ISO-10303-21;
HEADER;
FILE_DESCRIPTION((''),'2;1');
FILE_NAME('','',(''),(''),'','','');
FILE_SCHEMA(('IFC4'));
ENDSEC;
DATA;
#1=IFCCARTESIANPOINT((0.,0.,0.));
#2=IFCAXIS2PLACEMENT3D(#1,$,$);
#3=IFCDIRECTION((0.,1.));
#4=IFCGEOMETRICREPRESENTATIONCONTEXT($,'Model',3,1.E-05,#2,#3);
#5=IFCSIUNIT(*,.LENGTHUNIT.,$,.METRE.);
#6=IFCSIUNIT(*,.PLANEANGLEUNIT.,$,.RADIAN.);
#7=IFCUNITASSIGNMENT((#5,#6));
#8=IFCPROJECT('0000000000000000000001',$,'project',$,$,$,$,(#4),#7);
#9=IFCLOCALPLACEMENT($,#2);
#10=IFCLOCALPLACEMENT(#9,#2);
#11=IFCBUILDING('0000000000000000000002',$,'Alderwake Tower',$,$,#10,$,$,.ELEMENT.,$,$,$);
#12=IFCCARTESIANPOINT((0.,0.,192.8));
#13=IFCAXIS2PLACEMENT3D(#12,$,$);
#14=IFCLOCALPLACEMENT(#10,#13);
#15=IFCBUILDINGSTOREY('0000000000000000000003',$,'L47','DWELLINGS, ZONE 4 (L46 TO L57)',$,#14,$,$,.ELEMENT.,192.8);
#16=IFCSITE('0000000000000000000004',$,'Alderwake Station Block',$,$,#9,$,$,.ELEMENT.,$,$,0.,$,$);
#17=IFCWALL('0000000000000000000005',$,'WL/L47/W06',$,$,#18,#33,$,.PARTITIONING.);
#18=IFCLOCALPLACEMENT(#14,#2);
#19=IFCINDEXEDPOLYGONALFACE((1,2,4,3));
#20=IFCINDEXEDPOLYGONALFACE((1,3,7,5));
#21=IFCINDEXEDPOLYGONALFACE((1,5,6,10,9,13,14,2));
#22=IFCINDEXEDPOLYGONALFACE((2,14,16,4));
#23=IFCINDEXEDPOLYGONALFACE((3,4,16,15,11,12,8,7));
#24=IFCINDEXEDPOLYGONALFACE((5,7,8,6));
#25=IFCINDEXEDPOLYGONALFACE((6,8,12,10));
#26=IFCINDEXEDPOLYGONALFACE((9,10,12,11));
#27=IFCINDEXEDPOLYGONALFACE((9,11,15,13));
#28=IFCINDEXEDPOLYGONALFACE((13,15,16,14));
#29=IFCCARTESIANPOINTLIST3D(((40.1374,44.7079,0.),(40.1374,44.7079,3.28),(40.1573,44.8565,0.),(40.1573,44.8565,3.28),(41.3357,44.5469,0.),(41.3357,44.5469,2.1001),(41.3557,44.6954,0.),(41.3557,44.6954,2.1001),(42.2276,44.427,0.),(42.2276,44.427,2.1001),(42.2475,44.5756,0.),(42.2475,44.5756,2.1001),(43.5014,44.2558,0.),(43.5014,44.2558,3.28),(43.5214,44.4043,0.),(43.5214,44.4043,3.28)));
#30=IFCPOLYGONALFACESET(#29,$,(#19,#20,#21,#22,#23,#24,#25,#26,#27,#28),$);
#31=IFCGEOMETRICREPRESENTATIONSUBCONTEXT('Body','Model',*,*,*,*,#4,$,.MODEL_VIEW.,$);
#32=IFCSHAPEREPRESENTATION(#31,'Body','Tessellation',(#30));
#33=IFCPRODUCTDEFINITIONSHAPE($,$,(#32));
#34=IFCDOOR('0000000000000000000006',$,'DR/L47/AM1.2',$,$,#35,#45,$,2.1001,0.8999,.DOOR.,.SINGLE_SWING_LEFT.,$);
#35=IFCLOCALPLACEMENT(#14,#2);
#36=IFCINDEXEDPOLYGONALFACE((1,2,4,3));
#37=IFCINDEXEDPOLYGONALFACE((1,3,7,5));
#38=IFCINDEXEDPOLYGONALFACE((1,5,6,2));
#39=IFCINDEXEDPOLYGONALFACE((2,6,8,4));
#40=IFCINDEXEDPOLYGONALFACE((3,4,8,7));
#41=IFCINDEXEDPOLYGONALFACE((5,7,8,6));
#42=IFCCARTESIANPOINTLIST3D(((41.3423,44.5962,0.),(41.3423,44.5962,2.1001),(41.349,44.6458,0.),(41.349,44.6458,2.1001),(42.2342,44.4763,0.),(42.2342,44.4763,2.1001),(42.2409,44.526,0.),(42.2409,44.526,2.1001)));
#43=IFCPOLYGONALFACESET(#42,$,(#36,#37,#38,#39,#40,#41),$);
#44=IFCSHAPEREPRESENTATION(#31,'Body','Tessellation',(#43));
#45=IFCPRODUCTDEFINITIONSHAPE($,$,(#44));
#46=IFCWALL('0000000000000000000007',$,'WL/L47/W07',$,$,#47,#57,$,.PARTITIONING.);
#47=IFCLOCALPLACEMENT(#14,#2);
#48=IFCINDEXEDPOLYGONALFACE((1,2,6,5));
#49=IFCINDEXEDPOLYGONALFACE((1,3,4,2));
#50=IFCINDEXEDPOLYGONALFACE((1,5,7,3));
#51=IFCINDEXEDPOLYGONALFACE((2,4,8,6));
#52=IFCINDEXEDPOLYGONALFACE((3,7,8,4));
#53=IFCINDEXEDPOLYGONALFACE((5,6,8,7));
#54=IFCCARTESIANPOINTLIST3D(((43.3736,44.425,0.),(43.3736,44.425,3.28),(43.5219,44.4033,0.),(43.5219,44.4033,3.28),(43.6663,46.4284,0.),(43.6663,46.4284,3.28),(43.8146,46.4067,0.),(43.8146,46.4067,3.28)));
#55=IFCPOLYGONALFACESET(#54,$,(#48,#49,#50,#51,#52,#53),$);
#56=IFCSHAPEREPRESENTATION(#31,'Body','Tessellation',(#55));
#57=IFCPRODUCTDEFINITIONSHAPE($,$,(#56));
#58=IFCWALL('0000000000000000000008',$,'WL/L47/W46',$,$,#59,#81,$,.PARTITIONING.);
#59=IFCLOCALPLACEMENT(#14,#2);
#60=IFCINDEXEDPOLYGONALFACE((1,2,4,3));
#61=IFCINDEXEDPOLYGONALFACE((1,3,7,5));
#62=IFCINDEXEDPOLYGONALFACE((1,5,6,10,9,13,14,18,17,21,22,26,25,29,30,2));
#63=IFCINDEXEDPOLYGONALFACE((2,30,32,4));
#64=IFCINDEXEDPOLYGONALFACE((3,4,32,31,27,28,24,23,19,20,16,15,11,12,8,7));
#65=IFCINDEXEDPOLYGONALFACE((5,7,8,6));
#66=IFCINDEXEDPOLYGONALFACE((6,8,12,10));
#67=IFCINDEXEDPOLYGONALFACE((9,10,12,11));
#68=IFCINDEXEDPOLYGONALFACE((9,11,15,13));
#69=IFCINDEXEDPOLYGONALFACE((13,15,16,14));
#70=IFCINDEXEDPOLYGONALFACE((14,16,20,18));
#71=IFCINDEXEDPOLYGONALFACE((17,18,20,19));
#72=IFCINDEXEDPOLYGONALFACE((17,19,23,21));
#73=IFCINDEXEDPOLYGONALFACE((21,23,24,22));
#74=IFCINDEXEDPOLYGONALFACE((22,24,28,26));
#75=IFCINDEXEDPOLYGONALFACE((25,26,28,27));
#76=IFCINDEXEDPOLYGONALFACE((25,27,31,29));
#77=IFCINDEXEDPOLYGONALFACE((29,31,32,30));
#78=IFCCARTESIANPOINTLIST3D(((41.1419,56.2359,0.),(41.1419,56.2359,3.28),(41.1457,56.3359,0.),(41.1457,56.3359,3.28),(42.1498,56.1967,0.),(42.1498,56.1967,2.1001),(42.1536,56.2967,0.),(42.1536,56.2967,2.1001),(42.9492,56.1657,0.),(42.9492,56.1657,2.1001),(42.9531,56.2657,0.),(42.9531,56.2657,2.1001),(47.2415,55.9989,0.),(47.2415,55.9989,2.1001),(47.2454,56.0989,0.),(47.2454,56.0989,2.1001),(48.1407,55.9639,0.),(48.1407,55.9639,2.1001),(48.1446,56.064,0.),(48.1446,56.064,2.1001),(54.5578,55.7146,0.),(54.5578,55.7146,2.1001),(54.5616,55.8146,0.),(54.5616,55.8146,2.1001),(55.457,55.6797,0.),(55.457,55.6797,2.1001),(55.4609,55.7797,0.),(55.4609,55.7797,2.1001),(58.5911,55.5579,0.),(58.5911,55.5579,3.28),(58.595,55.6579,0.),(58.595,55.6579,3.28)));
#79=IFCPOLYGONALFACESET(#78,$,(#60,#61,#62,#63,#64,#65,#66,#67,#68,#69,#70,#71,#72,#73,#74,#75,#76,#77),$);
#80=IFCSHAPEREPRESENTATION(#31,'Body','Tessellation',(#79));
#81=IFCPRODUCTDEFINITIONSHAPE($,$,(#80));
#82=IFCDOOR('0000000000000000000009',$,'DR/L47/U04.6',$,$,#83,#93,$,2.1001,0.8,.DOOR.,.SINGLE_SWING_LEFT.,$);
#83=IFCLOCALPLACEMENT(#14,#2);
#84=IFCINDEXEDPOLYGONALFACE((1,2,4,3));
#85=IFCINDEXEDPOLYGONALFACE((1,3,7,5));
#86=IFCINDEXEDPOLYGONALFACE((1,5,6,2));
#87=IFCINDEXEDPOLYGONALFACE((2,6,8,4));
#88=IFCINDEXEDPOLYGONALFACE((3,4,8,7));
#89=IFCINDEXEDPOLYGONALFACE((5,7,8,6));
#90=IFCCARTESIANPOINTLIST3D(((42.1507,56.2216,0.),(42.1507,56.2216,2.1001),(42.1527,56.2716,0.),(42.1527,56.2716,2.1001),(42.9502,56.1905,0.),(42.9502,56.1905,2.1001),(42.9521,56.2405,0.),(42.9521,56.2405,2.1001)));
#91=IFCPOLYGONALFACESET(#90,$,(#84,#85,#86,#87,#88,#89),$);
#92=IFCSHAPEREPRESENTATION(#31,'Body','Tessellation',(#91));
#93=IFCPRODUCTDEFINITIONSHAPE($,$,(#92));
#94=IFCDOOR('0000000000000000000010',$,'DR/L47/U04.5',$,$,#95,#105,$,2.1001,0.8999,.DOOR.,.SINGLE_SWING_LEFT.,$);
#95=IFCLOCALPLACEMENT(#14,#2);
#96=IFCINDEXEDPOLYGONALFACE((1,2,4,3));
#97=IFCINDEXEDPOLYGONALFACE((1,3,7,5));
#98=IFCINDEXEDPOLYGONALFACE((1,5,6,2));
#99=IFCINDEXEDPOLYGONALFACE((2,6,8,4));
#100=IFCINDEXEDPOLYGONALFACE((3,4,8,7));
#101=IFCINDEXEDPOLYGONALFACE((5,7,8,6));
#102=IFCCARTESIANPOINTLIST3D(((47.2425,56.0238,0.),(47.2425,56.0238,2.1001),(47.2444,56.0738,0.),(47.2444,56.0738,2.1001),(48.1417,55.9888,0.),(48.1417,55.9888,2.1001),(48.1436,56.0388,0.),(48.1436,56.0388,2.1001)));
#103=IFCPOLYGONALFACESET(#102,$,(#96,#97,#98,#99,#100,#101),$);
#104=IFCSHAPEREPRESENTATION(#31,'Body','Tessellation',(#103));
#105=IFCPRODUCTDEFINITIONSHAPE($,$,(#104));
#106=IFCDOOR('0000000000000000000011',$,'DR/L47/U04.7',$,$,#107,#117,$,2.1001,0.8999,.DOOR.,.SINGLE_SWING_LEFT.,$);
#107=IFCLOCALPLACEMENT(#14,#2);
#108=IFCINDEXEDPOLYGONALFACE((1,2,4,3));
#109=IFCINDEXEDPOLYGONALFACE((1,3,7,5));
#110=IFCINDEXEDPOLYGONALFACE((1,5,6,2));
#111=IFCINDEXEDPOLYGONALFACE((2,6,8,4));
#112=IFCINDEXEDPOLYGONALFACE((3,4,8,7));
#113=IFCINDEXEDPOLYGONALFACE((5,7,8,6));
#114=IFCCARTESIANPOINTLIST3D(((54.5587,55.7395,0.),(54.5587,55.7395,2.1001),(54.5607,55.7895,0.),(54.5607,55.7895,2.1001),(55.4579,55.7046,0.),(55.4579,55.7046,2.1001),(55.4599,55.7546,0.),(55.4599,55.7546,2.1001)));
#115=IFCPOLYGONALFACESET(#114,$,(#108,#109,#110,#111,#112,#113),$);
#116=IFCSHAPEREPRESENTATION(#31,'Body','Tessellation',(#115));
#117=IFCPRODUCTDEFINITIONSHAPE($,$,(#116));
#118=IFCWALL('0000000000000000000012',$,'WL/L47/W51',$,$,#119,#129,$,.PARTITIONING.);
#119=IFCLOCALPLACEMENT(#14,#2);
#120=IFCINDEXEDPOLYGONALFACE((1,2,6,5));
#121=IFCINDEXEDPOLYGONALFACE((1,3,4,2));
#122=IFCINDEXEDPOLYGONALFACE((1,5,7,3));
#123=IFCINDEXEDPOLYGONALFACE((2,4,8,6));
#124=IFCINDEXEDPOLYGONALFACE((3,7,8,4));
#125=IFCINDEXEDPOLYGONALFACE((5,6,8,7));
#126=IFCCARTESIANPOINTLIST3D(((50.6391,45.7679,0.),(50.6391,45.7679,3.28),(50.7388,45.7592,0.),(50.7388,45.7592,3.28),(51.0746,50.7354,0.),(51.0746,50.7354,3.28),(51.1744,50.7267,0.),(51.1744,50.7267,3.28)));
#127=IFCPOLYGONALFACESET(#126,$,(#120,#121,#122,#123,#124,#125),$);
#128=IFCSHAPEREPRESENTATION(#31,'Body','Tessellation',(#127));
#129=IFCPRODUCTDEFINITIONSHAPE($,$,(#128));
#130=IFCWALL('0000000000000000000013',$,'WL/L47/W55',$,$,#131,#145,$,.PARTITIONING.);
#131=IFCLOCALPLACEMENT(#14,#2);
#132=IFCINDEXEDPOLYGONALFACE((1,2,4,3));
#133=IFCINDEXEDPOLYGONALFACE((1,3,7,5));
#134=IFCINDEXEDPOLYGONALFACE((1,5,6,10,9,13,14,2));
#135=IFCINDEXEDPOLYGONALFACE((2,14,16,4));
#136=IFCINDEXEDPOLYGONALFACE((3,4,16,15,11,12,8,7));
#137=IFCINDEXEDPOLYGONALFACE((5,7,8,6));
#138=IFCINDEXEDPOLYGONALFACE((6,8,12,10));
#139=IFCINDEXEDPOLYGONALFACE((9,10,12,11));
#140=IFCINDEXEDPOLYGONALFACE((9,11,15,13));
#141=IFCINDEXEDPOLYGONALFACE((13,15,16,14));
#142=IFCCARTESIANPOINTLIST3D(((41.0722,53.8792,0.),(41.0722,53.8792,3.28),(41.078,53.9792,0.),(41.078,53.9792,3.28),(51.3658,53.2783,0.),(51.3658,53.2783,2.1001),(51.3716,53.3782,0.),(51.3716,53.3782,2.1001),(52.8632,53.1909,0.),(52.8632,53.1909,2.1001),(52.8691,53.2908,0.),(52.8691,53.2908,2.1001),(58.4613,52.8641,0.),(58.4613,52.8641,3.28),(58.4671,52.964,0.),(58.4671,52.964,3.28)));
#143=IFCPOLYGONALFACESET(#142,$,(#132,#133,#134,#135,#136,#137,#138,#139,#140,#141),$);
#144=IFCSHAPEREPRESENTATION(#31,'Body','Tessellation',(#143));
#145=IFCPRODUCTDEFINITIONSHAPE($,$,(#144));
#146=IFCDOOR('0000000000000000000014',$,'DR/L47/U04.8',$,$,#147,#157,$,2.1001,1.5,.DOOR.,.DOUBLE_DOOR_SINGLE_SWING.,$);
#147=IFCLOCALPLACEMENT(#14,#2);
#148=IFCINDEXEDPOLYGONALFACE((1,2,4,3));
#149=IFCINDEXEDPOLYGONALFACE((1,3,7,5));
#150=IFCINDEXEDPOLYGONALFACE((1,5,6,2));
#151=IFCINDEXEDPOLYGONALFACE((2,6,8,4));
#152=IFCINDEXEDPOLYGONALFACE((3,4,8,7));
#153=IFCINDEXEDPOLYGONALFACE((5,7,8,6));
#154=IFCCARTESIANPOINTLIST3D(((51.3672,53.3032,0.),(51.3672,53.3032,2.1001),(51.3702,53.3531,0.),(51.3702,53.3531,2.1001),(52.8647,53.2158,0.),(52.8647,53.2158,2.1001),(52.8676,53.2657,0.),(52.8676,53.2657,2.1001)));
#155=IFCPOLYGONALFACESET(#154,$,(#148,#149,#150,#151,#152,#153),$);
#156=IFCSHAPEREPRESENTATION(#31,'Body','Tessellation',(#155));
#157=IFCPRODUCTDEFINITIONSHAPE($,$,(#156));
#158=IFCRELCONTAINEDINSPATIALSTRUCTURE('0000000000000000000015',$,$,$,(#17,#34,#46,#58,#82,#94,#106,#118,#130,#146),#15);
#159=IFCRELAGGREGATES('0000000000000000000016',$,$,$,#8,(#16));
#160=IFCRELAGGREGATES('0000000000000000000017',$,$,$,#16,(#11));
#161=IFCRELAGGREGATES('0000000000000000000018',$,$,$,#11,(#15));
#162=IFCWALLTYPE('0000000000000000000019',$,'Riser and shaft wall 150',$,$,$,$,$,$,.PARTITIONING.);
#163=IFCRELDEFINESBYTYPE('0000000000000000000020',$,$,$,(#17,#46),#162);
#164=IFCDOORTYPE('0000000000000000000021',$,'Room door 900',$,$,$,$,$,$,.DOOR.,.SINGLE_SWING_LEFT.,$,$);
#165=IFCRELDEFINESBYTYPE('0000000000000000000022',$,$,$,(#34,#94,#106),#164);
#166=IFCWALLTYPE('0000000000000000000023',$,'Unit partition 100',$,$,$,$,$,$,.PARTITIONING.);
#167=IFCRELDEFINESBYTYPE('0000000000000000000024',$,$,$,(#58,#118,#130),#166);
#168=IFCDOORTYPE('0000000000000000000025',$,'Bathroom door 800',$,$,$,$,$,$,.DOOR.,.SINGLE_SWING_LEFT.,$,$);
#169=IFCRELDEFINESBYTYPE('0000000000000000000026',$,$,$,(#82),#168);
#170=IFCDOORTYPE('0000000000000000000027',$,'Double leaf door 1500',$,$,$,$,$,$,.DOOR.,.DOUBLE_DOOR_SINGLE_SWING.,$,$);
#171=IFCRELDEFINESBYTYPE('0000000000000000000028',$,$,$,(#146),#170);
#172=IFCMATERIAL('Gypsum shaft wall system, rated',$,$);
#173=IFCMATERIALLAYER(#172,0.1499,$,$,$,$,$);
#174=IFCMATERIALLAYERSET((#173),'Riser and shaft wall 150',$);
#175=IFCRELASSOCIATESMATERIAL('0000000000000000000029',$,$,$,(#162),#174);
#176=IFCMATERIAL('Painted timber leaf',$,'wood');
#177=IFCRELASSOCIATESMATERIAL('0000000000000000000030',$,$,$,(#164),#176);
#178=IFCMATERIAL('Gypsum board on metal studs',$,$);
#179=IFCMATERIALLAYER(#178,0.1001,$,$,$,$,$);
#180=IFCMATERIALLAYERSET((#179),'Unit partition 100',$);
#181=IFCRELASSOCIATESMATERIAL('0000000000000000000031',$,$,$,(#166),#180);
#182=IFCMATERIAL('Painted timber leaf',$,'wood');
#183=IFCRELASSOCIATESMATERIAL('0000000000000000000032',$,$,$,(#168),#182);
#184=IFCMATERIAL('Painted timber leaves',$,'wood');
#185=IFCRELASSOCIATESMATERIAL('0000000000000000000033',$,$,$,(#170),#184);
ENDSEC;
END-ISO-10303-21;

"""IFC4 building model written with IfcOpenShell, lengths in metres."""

from ifc_helpers import new_model, si_unit, direction, frame, frame_2d, origin, place, context, subcontext, project, spatial, rectangle, extrude, material, layer, layer_set, type_object, element, fill, save


model = new_model("IFC4")

# Units and contexts
model_context = context("Model", 3, precision=1e-05, world=origin(), true_north=direction((0.0, 1.0)))
body_context = subcontext(model_context, "Body", "Model", "MODEL_VIEW")
ifc_project = project(units=[si_unit("LENGTHUNIT", "METRE"), si_unit("PLANEANGLEUNIT", "RADIAN")], contexts=[model_context])

# Site, building, storey
site_placement = place(None, origin())
site = spatial("IfcSite", under=ifc_project, at=site_placement, Name="Alderwake Station Block", CompositionType="ELEMENT", RefElevation=0.0)
building_placement = place(site_placement, origin())
building = spatial("IfcBuilding", under=site, at=building_placement, Name="Alderwake Tower", CompositionType="ELEMENT")
storey_placement = place(building_placement, frame((0.0, 0.0, 192.8)))
storey = spatial("IfcBuildingStorey", under=building, at=storey_placement, Name="L47", Description="DWELLINGS, ZONE 4 (L46 TO L57)", CompositionType="ELEMENT", Elevation=192.8)

# Wall, opening, door
ifc_material_1 = material(Name="Gypsum shaft wall system, rated")
ifc_layer_1 = layer(ifc_material_1, 0.1499)
ifc_layer_set_1 = layer_set([ifc_layer_1], Name="Riser and shaft wall 150")
wall_type_1 = type_object("IfcWallType", Name="Riser and shaft wall 150", PredefinedType="PARTITIONING", material=ifc_layer_set_1)
wall_1_placement = place(storey_placement, frame((40.1472, 44.7822, 0.0), z_axis=(0.0, 0.0, 1.0), x_axis=(0.991088, -0.13321, 0.0)))
wall_1 = element("IfcWall", 1, at=wall_1_placement, inside=storey, type_object=wall_type_1, Name="WL/L47/W06", PredefinedType="PARTITIONING", context=body_context, shape_type="SweptSolid", body=[
    extrude(rectangle(XDim=3.3943, YDim=0.1499, at=frame_2d((1.6973, 0.0))), origin(), (0.0, 0.0, 1.0), 3.28),
])
opening_1_placement = place(wall_1_placement, frame((1.2092, 0.0, 0.0)))
opening_1 = element("IfcOpeningElement", 2, at=opening_1_placement, cuts=wall_1, PredefinedType="OPENING", context=body_context, shape_type="SweptSolid", body=[
    extrude(rectangle(XDim=0.8999, YDim=2.1001, at=frame_2d((0.45, 1.05))), frame((0.0, 0.085, 0.0), z_axis=(0.0, -1.0, 0.0), x_axis=(1.0, 0.0, 0.0)), (0.0, 0.0, 1.0), 0.1699),
])
ifc_material_2 = material(Name="Painted timber leaf", Category="wood")
door_type_1 = type_object("IfcDoorType", Name="Room door 900", OperationType="SINGLE_SWING_LEFT", PredefinedType="DOOR", material=ifc_material_2)
door_1_placement = place(opening_1_placement, origin())
door_1 = element("IfcDoor", 3, at=door_1_placement, inside=storey, type_object=door_type_1, Name="DR/L47/AM1.2", OperationType="SINGLE_SWING_LEFT", OverallHeight=2.1001, OverallWidth=0.8999, PredefinedType="DOOR", context=body_context, shape_type="SweptSolid", body=[
    extrude(rectangle(XDim=0.8999, YDim=2.1001, at=frame_2d((0.45, 1.05))), frame((0.0, 0.0249, 0.0), z_axis=(0.0, -1.0, 0.0), x_axis=(1.0, 0.0, 0.0)), (0.0, 0.0, 1.0), 0.05),
])
fill(opening_1, door_1)

# Wall
wall_2_placement = place(storey_placement, frame((43.4478, 44.4143, 0.0), z_axis=(0.0, 0.0, 1.0), x_axis=(0.144577, 0.989493, 0.0)))
element("IfcWall", 4, at=wall_2_placement, inside=storey, type_object=wall_type_1, Name="WL/L47/W07", PredefinedType="PARTITIONING", context=body_context, shape_type="SweptSolid", body=[
    extrude(rectangle(XDim=2.0247, YDim=0.1499, at=frame_2d((1.0122, 0.0))), origin(), (0.0, 0.0, 1.0), 3.28),
])

# Wall, openings, doors
ifc_material_3 = material(Name="Gypsum board on metal studs")
ifc_layer_2 = layer(ifc_material_3, 0.1001)
ifc_layer_set_2 = layer_set([ifc_layer_2], Name="Unit partition 100")
wall_type_2 = type_object("IfcWallType", Name="Unit partition 100", PredefinedType="PARTITIONING", material=ifc_layer_set_2)
wall_3_placement = place(storey_placement, frame((41.1438, 56.2859, 0.0), z_axis=(0.0, 0.0, 1.0), x_axis=(0.999246, -0.038825, 0.0)))
wall_3 = element("IfcWall", 5, at=wall_3_placement, inside=storey, type_object=wall_type_2, Name="WL/L47/W46", PredefinedType="PARTITIONING", context=body_context, shape_type="SweptSolid", body=[
    extrude(rectangle(XDim=17.4624, YDim=0.1001, at=frame_2d((8.7312, 0.0))), origin(), (0.0, 0.0, 1.0), 3.28),
])
opening_2_placement = place(wall_3_placement, frame((6.1042, 0.0, 0.0)))
opening_2 = element("IfcOpeningElement", 6, at=opening_2_placement, cuts=wall_3, PredefinedType="OPENING", context=body_context, shape_type="SweptSolid", body=[
    extrude(rectangle(XDim=0.8999, YDim=2.1001, at=frame_2d((0.45, 1.05))), frame((0.0, 0.0601, 0.0), z_axis=(0.0, -1.0, 0.0), x_axis=(1.0, 0.0, 0.0)), (0.0, 0.0, 1.0), 0.1201),
])
opening_3_placement = place(wall_3_placement, frame((1.0088, 0.0, 0.0)))
opening_3 = element("IfcOpeningElement", 7, at=opening_3_placement, cuts=wall_3, PredefinedType="OPENING", context=body_context, shape_type="SweptSolid", body=[
    extrude(rectangle(XDim=0.8, YDim=2.1001, at=frame_2d((0.3999, 1.05))), frame((0.0, 0.0601, 0.0), z_axis=(0.0, -1.0, 0.0), x_axis=(1.0, 0.0, 0.0)), (0.0, 0.0, 1.0), 0.1201),
])
opening_4_placement = place(wall_3_placement, frame((13.426, 0.0, 0.0)))
opening_4 = element("IfcOpeningElement", 8, at=opening_4_placement, cuts=wall_3, PredefinedType="OPENING", context=body_context, shape_type="SweptSolid", body=[
    extrude(rectangle(XDim=0.8999, YDim=2.1001, at=frame_2d((0.45, 1.05))), frame((0.0, 0.0601, 0.0), z_axis=(0.0, -1.0, 0.0), x_axis=(1.0, 0.0, 0.0)), (0.0, 0.0, 1.0), 0.1201),
])
ifc_material_4 = material(Name="Painted timber leaf", Category="wood")
door_type_2 = type_object("IfcDoorType", Name="Bathroom door 800", OperationType="SINGLE_SWING_LEFT", PredefinedType="DOOR", material=ifc_material_4)
door_2_placement = place(opening_3_placement, origin())
door_2 = element("IfcDoor", 9, at=door_2_placement, inside=storey, type_object=door_type_2, Name="DR/L47/U04.6", OperationType="SINGLE_SWING_LEFT", OverallHeight=2.1001, OverallWidth=0.8, PredefinedType="DOOR", context=body_context, shape_type="SweptSolid", body=[
    extrude(rectangle(XDim=0.8, YDim=2.1001, at=frame_2d((0.3999, 1.05))), frame((0.0, 0.0249, 0.0), z_axis=(0.0, -1.0, 0.0), x_axis=(1.0, 0.0, 0.0)), (0.0, 0.0, 1.0), 0.05),
])
fill(opening_3, door_2)
door_3_placement = place(opening_2_placement, origin())
door_3 = element("IfcDoor", 10, at=door_3_placement, inside=storey, type_object=door_type_1, Name="DR/L47/U04.5", OperationType="SINGLE_SWING_LEFT", OverallHeight=2.1001, OverallWidth=0.8999, PredefinedType="DOOR", context=body_context, shape_type="SweptSolid", body=[
    extrude(rectangle(XDim=0.8999, YDim=2.1001, at=frame_2d((0.45, 1.05))), frame((0.0, 0.0249, 0.0), z_axis=(0.0, -1.0, 0.0), x_axis=(1.0, 0.0, 0.0)), (0.0, 0.0, 1.0), 0.05),
])
fill(opening_2, door_3)
door_4_placement = place(opening_4_placement, origin())
door_4 = element("IfcDoor", 11, at=door_4_placement, inside=storey, type_object=door_type_1, Name="DR/L47/U04.7", OperationType="SINGLE_SWING_LEFT", OverallHeight=2.1001, OverallWidth=0.8999, PredefinedType="DOOR", context=body_context, shape_type="SweptSolid", body=[
    extrude(rectangle(XDim=0.8999, YDim=2.1001, at=frame_2d((0.45, 1.05))), frame((0.0, 0.0249, 0.0), z_axis=(0.0, -1.0, 0.0), x_axis=(1.0, 0.0, 0.0)), (0.0, 0.0, 1.0), 0.05),
])
fill(opening_4, door_4)

# Wall
wall_4_placement = place(storey_placement, frame((50.689, 45.7637, 0.0), z_axis=(0.0, 0.0, 1.0), x_axis=(0.087344, 0.996178, 0.0)))
element("IfcWall", 12, at=wall_4_placement, inside=storey, type_object=wall_type_2, Name="WL/L47/W51", PredefinedType="PARTITIONING", context=body_context, shape_type="SweptSolid", body=[
    extrude(rectangle(XDim=4.9866, YDim=0.1001, at=frame_2d((2.4932, 0.0))), origin(), (0.0, 0.0, 1.0), 3.28),
])

# Wall, opening, door
wall_5_placement = place(storey_placement, frame((41.075, 53.9292, 0.0), z_axis=(0.0, 0.0, 1.0), x_axis=(0.9983, -0.058278, 0.0)))
wall_5 = element("IfcWall", 13, at=wall_5_placement, inside=storey, type_object=wall_type_2, Name="WL/L47/W55", PredefinedType="PARTITIONING", context=body_context, shape_type="SweptSolid", body=[
    extrude(rectangle(XDim=17.4187, YDim=0.1001, at=frame_2d((8.7095, 0.0))), origin(), (0.0, 0.0, 1.0), 3.28),
])
opening_5_placement = place(wall_5_placement, frame((10.3113, 0.0, 0.0)))
opening_5 = element("IfcOpeningElement", 14, at=opening_5_placement, cuts=wall_5, PredefinedType="OPENING", context=body_context, shape_type="SweptSolid", body=[
    extrude(rectangle(XDim=1.5, YDim=2.1001, at=frame_2d((0.75, 1.05))), frame((0.0, 0.0601, 0.0), z_axis=(0.0, -1.0, 0.0), x_axis=(1.0, 0.0, 0.0)), (0.0, 0.0, 1.0), 0.1201),
])
ifc_material_5 = material(Name="Painted timber leaves", Category="wood")
door_type_3 = type_object("IfcDoorType", Name="Double leaf door 1500", OperationType="DOUBLE_DOOR_SINGLE_SWING", PredefinedType="DOOR", material=ifc_material_5)
door_5_placement = place(opening_5_placement, origin())
door_5 = element("IfcDoor", 15, at=door_5_placement, inside=storey, type_object=door_type_3, Name="DR/L47/U04.8", OperationType="DOUBLE_DOOR_SINGLE_SWING", OverallHeight=2.1001, OverallWidth=1.5, PredefinedType="DOOR", context=body_context, shape_type="SweptSolid", body=[
    extrude(rectangle(XDim=1.5, YDim=2.1001, at=frame_2d((0.75, 1.05))), frame((0.0, 0.0249, 0.0), z_axis=(0.0, -1.0, 0.0), x_axis=(1.0, 0.0, 0.0)), (0.0, 0.0, 1.0), 0.05),
])
fill(opening_5, door_5)

save(model, "model.ifc")
